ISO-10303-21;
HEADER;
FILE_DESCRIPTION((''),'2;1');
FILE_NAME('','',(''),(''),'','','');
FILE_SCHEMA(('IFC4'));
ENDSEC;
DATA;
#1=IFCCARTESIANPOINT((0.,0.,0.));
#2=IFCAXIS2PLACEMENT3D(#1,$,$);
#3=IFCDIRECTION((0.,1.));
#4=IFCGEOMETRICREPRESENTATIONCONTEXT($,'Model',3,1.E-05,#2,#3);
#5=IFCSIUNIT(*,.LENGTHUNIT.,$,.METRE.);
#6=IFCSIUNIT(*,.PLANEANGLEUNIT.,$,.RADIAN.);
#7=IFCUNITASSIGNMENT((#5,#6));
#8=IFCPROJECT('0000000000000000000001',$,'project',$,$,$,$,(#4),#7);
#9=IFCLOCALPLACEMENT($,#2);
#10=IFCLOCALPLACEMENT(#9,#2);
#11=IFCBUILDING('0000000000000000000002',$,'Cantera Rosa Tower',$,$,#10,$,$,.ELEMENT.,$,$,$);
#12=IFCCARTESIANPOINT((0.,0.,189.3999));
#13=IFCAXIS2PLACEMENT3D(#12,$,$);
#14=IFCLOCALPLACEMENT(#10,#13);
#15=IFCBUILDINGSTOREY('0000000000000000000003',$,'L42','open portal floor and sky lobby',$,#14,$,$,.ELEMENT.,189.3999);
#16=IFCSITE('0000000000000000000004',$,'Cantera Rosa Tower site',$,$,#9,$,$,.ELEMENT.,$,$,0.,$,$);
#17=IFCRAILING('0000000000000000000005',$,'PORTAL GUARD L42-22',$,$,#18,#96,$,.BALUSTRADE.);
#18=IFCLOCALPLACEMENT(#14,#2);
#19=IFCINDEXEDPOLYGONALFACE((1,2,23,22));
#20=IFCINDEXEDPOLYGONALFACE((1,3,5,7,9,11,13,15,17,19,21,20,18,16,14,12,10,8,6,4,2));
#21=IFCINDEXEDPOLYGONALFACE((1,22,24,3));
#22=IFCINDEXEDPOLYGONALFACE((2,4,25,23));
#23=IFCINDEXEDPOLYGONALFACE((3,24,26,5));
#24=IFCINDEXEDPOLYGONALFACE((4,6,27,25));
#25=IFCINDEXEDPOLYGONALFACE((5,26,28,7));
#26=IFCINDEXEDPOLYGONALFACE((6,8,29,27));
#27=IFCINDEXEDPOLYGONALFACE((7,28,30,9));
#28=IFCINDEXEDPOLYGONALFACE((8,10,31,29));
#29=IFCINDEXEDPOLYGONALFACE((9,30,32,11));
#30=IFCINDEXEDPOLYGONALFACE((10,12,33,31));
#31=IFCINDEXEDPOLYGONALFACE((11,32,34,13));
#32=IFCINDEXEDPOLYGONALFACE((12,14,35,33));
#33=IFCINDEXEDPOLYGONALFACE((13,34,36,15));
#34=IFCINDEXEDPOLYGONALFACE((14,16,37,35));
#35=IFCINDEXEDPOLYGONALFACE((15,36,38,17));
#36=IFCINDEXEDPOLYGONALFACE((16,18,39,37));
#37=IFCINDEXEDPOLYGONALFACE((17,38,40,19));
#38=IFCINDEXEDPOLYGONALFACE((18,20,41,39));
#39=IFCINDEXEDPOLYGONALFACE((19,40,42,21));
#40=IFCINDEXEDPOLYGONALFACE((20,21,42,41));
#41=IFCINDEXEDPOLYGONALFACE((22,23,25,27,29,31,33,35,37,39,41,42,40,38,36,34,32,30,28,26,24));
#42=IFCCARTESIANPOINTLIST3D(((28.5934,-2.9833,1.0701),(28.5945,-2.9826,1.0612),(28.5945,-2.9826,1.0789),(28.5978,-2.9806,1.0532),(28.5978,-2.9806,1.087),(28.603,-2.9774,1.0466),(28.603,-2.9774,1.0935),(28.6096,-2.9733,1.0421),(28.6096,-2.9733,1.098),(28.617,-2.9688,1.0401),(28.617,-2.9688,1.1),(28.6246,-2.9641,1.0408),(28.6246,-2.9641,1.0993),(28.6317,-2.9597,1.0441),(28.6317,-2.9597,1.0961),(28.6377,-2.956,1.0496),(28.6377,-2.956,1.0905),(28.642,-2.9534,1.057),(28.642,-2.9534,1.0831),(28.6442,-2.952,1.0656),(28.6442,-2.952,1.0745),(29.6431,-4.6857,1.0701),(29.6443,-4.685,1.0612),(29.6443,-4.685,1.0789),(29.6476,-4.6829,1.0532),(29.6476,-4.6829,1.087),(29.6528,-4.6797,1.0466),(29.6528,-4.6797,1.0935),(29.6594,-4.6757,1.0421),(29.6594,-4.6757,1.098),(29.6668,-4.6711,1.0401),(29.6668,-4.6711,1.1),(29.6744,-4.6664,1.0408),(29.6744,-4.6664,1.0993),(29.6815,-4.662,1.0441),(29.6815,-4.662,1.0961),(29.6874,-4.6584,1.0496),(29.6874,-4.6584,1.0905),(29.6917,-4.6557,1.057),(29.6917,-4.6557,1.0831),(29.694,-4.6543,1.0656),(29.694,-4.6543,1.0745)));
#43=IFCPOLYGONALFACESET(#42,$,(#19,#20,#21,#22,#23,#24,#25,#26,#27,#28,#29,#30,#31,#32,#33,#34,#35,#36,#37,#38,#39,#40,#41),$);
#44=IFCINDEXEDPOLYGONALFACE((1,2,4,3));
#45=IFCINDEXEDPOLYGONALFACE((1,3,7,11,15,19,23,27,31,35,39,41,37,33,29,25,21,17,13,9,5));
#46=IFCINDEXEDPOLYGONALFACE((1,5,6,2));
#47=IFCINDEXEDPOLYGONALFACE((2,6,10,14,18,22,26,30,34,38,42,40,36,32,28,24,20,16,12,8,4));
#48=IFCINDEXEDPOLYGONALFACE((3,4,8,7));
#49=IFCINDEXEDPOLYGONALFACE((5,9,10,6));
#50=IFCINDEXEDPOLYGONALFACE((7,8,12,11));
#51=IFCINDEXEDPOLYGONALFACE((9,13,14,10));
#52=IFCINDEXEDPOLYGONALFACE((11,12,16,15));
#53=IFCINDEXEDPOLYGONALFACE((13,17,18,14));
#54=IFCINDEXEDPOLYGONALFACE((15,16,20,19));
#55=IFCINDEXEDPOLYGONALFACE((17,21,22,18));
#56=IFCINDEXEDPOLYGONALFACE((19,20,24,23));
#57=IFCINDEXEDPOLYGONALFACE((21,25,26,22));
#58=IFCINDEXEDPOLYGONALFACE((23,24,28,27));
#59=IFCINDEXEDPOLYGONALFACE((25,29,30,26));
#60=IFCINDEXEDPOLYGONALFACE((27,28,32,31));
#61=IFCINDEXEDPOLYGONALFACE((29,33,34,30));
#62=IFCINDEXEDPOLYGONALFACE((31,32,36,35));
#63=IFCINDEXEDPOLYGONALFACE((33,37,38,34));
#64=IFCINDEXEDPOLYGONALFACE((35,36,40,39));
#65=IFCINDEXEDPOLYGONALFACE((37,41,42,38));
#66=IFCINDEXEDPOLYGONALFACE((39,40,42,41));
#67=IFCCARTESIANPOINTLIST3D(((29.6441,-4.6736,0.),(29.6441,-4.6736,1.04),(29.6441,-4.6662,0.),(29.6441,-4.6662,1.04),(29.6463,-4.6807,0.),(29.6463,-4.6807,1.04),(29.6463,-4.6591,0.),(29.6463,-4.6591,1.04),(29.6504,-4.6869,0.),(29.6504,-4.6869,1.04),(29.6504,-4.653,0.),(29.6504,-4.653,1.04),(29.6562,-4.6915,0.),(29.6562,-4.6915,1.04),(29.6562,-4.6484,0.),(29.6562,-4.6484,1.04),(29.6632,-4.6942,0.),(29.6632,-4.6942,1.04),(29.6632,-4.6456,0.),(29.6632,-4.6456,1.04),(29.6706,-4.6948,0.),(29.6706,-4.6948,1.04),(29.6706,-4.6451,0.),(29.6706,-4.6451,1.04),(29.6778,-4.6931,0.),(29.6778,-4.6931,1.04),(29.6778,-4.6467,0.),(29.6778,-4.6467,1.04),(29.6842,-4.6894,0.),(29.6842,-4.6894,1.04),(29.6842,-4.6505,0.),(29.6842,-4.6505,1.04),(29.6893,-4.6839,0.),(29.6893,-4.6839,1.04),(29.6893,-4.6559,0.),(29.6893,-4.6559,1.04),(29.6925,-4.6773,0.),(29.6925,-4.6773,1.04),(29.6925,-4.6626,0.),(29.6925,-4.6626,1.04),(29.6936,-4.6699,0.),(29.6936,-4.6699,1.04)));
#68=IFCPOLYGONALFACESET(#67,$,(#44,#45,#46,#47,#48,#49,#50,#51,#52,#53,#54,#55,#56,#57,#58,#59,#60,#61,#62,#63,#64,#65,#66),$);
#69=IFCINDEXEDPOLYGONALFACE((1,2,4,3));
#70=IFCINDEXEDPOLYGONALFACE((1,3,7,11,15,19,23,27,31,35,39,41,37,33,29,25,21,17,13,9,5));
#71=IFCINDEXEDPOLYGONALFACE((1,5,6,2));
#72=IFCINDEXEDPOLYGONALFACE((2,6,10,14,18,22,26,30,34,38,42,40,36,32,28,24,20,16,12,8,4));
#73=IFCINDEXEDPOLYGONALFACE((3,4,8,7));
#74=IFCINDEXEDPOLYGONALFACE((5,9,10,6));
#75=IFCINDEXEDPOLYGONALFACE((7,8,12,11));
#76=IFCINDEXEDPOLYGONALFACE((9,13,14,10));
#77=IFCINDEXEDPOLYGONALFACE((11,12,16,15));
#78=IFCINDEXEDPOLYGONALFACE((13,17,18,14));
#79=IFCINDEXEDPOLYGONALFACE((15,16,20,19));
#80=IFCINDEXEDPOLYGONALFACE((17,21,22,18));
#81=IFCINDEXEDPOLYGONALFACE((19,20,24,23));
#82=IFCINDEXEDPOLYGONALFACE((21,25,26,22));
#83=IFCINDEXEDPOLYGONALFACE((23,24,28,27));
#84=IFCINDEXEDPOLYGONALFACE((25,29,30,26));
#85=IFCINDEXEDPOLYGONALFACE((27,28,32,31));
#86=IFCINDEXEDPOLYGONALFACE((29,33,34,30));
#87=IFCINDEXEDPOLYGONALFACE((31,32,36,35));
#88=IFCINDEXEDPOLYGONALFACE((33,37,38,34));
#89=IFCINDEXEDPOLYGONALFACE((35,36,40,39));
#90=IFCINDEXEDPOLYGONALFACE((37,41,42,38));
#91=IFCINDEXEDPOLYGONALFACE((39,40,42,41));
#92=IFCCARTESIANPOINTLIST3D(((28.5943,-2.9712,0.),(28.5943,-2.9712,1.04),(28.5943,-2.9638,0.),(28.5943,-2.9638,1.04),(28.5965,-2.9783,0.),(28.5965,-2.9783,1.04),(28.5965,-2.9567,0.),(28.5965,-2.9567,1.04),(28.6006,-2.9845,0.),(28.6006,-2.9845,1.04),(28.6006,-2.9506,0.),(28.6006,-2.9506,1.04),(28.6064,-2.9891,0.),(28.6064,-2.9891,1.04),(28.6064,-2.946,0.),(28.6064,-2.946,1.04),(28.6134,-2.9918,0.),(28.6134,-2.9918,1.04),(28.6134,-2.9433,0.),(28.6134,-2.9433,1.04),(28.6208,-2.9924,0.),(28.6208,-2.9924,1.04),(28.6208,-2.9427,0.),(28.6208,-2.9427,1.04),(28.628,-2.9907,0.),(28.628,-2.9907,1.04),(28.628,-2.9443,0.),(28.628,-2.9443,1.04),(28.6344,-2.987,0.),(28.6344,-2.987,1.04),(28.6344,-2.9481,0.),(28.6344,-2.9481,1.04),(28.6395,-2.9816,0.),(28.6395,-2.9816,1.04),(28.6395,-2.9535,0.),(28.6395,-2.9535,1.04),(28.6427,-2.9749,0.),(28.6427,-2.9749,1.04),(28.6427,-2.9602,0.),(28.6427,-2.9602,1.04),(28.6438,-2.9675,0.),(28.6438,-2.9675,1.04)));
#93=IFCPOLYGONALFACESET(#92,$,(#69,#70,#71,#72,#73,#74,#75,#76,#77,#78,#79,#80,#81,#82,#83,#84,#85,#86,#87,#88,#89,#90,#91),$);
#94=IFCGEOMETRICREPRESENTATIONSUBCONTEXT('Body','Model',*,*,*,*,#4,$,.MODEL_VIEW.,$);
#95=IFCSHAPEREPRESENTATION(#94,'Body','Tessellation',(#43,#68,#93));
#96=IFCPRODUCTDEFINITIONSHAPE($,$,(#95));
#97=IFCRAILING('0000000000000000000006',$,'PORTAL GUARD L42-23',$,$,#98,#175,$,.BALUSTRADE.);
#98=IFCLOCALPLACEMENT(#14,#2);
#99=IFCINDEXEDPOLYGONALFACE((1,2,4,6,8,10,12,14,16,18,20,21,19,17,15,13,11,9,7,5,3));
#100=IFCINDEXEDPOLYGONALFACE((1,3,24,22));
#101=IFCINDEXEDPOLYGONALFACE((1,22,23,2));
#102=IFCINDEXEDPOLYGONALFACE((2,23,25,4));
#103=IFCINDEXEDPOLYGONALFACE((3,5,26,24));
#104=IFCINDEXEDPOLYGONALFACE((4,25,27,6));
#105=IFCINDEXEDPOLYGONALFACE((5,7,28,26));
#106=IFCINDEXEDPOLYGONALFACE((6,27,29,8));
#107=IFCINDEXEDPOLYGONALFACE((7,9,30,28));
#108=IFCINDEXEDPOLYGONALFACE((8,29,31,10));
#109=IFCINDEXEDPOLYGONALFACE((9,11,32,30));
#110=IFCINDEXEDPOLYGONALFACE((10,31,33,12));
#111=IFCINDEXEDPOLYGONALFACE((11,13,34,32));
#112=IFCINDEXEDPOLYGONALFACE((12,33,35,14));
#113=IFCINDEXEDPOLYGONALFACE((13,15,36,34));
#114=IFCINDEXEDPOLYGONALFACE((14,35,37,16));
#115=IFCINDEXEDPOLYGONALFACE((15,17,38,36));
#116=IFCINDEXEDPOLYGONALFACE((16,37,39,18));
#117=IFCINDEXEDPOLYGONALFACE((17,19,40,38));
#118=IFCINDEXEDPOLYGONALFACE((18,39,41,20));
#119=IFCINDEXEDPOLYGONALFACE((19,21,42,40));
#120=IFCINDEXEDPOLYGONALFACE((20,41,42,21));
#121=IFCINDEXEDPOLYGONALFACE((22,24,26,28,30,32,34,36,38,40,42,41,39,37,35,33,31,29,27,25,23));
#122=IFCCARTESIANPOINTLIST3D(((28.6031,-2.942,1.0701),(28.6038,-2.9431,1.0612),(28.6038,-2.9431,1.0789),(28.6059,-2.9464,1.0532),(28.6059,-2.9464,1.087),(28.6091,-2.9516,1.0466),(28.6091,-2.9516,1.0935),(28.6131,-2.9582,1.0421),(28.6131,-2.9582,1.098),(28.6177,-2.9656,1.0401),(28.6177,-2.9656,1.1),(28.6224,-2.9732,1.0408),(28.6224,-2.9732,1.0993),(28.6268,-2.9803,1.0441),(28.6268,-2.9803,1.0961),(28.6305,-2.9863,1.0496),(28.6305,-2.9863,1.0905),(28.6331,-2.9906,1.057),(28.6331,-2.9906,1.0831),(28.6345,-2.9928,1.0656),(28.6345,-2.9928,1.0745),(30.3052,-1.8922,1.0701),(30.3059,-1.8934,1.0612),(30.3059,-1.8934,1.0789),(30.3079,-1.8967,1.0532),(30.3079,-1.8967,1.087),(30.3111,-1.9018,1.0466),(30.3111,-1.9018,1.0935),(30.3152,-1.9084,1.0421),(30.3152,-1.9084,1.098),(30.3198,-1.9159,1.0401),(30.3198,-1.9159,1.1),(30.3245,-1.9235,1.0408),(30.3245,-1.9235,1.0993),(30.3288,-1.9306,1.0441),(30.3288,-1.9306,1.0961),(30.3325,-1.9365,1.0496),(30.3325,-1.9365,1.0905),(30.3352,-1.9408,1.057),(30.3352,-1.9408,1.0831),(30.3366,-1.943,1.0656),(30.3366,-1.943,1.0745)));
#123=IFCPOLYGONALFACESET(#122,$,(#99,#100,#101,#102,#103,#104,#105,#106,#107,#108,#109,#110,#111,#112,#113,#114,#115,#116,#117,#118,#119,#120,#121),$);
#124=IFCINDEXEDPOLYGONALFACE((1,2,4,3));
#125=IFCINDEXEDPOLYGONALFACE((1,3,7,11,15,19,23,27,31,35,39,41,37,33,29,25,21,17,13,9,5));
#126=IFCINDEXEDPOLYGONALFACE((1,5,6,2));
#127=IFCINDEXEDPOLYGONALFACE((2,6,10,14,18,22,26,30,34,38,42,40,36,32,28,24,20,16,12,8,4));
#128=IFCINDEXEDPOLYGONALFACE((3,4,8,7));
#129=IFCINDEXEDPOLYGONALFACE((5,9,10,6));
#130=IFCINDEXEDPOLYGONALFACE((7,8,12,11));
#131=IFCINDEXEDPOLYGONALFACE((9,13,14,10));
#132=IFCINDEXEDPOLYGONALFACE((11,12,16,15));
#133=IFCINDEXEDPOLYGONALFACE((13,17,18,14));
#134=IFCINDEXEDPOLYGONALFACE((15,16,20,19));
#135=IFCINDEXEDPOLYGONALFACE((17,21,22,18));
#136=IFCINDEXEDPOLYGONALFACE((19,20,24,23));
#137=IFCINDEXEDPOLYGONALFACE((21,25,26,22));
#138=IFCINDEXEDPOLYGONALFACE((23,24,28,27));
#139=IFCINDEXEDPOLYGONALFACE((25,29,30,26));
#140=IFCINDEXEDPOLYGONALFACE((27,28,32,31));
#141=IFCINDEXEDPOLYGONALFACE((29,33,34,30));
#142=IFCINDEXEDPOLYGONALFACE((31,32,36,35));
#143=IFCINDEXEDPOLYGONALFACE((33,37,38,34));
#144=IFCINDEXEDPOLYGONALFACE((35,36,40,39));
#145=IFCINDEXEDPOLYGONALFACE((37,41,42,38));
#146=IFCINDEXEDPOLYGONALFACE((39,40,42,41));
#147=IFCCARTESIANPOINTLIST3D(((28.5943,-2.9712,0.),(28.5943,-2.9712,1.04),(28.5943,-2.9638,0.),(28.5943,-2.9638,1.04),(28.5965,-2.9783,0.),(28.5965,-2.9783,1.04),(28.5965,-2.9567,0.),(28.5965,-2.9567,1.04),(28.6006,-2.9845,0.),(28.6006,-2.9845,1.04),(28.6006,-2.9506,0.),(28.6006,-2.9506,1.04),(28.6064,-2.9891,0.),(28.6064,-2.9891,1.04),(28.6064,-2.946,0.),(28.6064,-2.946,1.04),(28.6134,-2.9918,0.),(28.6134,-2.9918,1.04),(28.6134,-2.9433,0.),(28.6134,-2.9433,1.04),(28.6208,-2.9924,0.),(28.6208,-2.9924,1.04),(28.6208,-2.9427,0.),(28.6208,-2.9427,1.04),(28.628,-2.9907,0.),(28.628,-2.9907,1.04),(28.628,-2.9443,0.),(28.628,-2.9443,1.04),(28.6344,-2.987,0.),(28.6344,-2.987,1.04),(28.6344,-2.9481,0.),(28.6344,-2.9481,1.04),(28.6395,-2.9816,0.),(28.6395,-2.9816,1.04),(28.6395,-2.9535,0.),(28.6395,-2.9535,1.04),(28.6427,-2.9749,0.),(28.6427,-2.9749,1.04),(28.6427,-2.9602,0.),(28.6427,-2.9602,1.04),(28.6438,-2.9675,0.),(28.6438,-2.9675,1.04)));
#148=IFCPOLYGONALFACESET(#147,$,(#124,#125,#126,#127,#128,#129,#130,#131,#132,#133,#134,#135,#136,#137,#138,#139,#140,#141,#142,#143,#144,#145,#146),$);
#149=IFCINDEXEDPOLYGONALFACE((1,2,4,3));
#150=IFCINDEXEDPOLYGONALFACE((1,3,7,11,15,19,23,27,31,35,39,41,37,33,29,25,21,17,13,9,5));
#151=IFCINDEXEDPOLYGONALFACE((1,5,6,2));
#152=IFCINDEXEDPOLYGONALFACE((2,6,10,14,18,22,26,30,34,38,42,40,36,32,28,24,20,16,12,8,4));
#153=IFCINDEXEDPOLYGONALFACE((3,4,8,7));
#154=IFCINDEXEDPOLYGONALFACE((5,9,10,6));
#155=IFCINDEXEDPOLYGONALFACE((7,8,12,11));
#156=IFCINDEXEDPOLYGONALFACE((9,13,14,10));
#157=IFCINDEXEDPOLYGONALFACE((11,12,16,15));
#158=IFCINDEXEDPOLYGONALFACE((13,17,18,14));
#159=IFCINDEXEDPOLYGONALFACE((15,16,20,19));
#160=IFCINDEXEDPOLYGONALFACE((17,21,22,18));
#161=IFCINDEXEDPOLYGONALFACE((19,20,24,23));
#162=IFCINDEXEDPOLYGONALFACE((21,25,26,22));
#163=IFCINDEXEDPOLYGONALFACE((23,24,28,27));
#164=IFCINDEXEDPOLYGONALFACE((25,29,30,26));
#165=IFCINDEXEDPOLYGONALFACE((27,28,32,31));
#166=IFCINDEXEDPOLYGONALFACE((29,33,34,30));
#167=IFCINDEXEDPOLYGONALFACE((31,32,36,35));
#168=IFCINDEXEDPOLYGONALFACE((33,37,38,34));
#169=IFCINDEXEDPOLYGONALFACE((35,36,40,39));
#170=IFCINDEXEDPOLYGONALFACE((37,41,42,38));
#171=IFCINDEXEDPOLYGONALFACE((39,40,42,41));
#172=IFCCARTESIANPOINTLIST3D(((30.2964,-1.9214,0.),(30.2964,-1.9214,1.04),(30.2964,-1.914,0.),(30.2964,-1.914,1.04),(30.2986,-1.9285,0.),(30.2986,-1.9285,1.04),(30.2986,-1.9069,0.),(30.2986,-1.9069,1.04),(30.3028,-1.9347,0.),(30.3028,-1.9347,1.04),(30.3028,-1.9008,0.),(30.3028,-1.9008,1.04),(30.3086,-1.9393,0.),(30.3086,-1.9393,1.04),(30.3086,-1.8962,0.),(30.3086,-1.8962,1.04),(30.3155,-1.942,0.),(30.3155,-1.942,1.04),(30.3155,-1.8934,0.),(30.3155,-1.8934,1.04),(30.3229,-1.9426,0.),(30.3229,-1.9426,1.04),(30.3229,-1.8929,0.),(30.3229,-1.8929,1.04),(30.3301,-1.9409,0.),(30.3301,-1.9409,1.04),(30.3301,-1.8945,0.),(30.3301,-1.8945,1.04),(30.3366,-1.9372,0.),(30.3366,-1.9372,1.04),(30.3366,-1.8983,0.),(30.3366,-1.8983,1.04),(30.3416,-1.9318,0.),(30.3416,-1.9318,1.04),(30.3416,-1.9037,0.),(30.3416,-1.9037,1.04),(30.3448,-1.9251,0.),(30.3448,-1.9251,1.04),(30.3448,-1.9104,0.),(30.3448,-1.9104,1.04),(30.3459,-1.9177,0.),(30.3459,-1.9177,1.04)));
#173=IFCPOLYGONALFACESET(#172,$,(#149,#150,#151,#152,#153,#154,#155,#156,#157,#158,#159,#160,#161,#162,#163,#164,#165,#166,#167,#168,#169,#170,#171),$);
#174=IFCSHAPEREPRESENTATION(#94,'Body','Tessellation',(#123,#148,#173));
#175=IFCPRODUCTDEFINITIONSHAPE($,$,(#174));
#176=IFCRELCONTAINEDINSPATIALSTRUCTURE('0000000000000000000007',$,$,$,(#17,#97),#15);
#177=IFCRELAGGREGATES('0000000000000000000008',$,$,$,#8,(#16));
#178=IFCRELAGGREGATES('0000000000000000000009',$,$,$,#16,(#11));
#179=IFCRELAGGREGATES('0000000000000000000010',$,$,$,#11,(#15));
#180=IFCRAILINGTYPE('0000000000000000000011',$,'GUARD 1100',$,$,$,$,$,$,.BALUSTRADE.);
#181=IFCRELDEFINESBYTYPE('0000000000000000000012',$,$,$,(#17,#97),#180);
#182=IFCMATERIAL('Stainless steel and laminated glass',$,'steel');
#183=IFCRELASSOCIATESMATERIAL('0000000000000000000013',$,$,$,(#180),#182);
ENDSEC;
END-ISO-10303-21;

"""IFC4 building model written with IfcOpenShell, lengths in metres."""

from ifc_helpers import new_model, si_unit, direction, frame, origin, origin_2d, place, context, subcontext, project, spatial, circle, extrude, material, type_object, element, save


model = new_model("IFC4")

# Units and contexts
model_context = context("Model", 3, precision=1e-05, world=origin(), true_north=direction((0.0, 1.0)))
body_context = subcontext(model_context, "Body", "Model", "MODEL_VIEW")
ifc_project = project(units=[si_unit("LENGTHUNIT", "METRE"), si_unit("PLANEANGLEUNIT", "RADIAN")], contexts=[model_context])

# Site, building, storey
site_placement = place(None, origin())
site = spatial("IfcSite", under=ifc_project, at=site_placement, Name="Cantera Rosa Tower site", CompositionType="ELEMENT", RefElevation=0.0)
building_placement = place(site_placement, origin())
building = spatial("IfcBuilding", under=site, at=building_placement, Name="Cantera Rosa Tower", CompositionType="ELEMENT")
storey_placement = place(building_placement, frame((0.0, 0.0, 189.3999)))
storey = spatial("IfcBuildingStorey", under=building, at=storey_placement, Name="L42", Description="open portal floor and sky lobby", CompositionType="ELEMENT", Elevation=189.3999)

# Railings
ifc_material_1 = material(Name="Stainless steel and laminated glass", Category="steel")
railing_type = type_object("IfcRailingType", Name="GUARD 1100", PredefinedType="BALUSTRADE", material=ifc_material_1)
railing_1_placement = place(storey_placement, frame((29.6687, -4.6699, 0.0)))
element("IfcRailing", 1, at=railing_1_placement, inside=storey, type_object=railing_type, Name="PORTAL GUARD L42-22", PredefinedType="BALUSTRADE", context=body_context, shape_type="SweptSolid", body=[
    extrude(circle(Radius=0.03, at=origin_2d()), frame((0.0, 0.0, 1.0701), z_axis=(-0.524887, 0.851172, 0.0), x_axis=(-0.851172, -0.524887, 0.0)), (0.0, 0.0, 1.0), 2.0),
    extrude(circle(Radius=0.0249, at=origin_2d()), origin(), (0.0, 0.0, 1.0), 1.04),
    extrude(circle(Radius=0.0249, at=origin_2d()), frame((-1.0498, 1.7024, 0.0)), (0.0, 0.0, 1.0), 1.04),
])
railing_2_placement = place(storey_placement, frame((28.6189, -2.9675, 0.0)))
element("IfcRailing", 2, at=railing_2_placement, inside=storey, type_object=railing_type, Name="PORTAL GUARD L42-23", PredefinedType="BALUSTRADE", context=body_context, shape_type="SweptSolid", body=[
    extrude(circle(Radius=0.03, at=origin_2d()), frame((0.0, 0.0, 1.0701), z_axis=(0.851138, 0.524942, 0.0), x_axis=(-0.524942, 0.851138, 0.0)), (0.0, 0.0, 1.0), 1.9998),
    extrude(circle(Radius=0.0249, at=origin_2d()), origin(), (0.0, 0.0, 1.0), 1.04),
    extrude(circle(Radius=0.0249, at=origin_2d()), frame((1.7021, 1.0498, 0.0)), (0.0, 0.0, 1.0), 1.04),
])

save(model, "model.ifc")
